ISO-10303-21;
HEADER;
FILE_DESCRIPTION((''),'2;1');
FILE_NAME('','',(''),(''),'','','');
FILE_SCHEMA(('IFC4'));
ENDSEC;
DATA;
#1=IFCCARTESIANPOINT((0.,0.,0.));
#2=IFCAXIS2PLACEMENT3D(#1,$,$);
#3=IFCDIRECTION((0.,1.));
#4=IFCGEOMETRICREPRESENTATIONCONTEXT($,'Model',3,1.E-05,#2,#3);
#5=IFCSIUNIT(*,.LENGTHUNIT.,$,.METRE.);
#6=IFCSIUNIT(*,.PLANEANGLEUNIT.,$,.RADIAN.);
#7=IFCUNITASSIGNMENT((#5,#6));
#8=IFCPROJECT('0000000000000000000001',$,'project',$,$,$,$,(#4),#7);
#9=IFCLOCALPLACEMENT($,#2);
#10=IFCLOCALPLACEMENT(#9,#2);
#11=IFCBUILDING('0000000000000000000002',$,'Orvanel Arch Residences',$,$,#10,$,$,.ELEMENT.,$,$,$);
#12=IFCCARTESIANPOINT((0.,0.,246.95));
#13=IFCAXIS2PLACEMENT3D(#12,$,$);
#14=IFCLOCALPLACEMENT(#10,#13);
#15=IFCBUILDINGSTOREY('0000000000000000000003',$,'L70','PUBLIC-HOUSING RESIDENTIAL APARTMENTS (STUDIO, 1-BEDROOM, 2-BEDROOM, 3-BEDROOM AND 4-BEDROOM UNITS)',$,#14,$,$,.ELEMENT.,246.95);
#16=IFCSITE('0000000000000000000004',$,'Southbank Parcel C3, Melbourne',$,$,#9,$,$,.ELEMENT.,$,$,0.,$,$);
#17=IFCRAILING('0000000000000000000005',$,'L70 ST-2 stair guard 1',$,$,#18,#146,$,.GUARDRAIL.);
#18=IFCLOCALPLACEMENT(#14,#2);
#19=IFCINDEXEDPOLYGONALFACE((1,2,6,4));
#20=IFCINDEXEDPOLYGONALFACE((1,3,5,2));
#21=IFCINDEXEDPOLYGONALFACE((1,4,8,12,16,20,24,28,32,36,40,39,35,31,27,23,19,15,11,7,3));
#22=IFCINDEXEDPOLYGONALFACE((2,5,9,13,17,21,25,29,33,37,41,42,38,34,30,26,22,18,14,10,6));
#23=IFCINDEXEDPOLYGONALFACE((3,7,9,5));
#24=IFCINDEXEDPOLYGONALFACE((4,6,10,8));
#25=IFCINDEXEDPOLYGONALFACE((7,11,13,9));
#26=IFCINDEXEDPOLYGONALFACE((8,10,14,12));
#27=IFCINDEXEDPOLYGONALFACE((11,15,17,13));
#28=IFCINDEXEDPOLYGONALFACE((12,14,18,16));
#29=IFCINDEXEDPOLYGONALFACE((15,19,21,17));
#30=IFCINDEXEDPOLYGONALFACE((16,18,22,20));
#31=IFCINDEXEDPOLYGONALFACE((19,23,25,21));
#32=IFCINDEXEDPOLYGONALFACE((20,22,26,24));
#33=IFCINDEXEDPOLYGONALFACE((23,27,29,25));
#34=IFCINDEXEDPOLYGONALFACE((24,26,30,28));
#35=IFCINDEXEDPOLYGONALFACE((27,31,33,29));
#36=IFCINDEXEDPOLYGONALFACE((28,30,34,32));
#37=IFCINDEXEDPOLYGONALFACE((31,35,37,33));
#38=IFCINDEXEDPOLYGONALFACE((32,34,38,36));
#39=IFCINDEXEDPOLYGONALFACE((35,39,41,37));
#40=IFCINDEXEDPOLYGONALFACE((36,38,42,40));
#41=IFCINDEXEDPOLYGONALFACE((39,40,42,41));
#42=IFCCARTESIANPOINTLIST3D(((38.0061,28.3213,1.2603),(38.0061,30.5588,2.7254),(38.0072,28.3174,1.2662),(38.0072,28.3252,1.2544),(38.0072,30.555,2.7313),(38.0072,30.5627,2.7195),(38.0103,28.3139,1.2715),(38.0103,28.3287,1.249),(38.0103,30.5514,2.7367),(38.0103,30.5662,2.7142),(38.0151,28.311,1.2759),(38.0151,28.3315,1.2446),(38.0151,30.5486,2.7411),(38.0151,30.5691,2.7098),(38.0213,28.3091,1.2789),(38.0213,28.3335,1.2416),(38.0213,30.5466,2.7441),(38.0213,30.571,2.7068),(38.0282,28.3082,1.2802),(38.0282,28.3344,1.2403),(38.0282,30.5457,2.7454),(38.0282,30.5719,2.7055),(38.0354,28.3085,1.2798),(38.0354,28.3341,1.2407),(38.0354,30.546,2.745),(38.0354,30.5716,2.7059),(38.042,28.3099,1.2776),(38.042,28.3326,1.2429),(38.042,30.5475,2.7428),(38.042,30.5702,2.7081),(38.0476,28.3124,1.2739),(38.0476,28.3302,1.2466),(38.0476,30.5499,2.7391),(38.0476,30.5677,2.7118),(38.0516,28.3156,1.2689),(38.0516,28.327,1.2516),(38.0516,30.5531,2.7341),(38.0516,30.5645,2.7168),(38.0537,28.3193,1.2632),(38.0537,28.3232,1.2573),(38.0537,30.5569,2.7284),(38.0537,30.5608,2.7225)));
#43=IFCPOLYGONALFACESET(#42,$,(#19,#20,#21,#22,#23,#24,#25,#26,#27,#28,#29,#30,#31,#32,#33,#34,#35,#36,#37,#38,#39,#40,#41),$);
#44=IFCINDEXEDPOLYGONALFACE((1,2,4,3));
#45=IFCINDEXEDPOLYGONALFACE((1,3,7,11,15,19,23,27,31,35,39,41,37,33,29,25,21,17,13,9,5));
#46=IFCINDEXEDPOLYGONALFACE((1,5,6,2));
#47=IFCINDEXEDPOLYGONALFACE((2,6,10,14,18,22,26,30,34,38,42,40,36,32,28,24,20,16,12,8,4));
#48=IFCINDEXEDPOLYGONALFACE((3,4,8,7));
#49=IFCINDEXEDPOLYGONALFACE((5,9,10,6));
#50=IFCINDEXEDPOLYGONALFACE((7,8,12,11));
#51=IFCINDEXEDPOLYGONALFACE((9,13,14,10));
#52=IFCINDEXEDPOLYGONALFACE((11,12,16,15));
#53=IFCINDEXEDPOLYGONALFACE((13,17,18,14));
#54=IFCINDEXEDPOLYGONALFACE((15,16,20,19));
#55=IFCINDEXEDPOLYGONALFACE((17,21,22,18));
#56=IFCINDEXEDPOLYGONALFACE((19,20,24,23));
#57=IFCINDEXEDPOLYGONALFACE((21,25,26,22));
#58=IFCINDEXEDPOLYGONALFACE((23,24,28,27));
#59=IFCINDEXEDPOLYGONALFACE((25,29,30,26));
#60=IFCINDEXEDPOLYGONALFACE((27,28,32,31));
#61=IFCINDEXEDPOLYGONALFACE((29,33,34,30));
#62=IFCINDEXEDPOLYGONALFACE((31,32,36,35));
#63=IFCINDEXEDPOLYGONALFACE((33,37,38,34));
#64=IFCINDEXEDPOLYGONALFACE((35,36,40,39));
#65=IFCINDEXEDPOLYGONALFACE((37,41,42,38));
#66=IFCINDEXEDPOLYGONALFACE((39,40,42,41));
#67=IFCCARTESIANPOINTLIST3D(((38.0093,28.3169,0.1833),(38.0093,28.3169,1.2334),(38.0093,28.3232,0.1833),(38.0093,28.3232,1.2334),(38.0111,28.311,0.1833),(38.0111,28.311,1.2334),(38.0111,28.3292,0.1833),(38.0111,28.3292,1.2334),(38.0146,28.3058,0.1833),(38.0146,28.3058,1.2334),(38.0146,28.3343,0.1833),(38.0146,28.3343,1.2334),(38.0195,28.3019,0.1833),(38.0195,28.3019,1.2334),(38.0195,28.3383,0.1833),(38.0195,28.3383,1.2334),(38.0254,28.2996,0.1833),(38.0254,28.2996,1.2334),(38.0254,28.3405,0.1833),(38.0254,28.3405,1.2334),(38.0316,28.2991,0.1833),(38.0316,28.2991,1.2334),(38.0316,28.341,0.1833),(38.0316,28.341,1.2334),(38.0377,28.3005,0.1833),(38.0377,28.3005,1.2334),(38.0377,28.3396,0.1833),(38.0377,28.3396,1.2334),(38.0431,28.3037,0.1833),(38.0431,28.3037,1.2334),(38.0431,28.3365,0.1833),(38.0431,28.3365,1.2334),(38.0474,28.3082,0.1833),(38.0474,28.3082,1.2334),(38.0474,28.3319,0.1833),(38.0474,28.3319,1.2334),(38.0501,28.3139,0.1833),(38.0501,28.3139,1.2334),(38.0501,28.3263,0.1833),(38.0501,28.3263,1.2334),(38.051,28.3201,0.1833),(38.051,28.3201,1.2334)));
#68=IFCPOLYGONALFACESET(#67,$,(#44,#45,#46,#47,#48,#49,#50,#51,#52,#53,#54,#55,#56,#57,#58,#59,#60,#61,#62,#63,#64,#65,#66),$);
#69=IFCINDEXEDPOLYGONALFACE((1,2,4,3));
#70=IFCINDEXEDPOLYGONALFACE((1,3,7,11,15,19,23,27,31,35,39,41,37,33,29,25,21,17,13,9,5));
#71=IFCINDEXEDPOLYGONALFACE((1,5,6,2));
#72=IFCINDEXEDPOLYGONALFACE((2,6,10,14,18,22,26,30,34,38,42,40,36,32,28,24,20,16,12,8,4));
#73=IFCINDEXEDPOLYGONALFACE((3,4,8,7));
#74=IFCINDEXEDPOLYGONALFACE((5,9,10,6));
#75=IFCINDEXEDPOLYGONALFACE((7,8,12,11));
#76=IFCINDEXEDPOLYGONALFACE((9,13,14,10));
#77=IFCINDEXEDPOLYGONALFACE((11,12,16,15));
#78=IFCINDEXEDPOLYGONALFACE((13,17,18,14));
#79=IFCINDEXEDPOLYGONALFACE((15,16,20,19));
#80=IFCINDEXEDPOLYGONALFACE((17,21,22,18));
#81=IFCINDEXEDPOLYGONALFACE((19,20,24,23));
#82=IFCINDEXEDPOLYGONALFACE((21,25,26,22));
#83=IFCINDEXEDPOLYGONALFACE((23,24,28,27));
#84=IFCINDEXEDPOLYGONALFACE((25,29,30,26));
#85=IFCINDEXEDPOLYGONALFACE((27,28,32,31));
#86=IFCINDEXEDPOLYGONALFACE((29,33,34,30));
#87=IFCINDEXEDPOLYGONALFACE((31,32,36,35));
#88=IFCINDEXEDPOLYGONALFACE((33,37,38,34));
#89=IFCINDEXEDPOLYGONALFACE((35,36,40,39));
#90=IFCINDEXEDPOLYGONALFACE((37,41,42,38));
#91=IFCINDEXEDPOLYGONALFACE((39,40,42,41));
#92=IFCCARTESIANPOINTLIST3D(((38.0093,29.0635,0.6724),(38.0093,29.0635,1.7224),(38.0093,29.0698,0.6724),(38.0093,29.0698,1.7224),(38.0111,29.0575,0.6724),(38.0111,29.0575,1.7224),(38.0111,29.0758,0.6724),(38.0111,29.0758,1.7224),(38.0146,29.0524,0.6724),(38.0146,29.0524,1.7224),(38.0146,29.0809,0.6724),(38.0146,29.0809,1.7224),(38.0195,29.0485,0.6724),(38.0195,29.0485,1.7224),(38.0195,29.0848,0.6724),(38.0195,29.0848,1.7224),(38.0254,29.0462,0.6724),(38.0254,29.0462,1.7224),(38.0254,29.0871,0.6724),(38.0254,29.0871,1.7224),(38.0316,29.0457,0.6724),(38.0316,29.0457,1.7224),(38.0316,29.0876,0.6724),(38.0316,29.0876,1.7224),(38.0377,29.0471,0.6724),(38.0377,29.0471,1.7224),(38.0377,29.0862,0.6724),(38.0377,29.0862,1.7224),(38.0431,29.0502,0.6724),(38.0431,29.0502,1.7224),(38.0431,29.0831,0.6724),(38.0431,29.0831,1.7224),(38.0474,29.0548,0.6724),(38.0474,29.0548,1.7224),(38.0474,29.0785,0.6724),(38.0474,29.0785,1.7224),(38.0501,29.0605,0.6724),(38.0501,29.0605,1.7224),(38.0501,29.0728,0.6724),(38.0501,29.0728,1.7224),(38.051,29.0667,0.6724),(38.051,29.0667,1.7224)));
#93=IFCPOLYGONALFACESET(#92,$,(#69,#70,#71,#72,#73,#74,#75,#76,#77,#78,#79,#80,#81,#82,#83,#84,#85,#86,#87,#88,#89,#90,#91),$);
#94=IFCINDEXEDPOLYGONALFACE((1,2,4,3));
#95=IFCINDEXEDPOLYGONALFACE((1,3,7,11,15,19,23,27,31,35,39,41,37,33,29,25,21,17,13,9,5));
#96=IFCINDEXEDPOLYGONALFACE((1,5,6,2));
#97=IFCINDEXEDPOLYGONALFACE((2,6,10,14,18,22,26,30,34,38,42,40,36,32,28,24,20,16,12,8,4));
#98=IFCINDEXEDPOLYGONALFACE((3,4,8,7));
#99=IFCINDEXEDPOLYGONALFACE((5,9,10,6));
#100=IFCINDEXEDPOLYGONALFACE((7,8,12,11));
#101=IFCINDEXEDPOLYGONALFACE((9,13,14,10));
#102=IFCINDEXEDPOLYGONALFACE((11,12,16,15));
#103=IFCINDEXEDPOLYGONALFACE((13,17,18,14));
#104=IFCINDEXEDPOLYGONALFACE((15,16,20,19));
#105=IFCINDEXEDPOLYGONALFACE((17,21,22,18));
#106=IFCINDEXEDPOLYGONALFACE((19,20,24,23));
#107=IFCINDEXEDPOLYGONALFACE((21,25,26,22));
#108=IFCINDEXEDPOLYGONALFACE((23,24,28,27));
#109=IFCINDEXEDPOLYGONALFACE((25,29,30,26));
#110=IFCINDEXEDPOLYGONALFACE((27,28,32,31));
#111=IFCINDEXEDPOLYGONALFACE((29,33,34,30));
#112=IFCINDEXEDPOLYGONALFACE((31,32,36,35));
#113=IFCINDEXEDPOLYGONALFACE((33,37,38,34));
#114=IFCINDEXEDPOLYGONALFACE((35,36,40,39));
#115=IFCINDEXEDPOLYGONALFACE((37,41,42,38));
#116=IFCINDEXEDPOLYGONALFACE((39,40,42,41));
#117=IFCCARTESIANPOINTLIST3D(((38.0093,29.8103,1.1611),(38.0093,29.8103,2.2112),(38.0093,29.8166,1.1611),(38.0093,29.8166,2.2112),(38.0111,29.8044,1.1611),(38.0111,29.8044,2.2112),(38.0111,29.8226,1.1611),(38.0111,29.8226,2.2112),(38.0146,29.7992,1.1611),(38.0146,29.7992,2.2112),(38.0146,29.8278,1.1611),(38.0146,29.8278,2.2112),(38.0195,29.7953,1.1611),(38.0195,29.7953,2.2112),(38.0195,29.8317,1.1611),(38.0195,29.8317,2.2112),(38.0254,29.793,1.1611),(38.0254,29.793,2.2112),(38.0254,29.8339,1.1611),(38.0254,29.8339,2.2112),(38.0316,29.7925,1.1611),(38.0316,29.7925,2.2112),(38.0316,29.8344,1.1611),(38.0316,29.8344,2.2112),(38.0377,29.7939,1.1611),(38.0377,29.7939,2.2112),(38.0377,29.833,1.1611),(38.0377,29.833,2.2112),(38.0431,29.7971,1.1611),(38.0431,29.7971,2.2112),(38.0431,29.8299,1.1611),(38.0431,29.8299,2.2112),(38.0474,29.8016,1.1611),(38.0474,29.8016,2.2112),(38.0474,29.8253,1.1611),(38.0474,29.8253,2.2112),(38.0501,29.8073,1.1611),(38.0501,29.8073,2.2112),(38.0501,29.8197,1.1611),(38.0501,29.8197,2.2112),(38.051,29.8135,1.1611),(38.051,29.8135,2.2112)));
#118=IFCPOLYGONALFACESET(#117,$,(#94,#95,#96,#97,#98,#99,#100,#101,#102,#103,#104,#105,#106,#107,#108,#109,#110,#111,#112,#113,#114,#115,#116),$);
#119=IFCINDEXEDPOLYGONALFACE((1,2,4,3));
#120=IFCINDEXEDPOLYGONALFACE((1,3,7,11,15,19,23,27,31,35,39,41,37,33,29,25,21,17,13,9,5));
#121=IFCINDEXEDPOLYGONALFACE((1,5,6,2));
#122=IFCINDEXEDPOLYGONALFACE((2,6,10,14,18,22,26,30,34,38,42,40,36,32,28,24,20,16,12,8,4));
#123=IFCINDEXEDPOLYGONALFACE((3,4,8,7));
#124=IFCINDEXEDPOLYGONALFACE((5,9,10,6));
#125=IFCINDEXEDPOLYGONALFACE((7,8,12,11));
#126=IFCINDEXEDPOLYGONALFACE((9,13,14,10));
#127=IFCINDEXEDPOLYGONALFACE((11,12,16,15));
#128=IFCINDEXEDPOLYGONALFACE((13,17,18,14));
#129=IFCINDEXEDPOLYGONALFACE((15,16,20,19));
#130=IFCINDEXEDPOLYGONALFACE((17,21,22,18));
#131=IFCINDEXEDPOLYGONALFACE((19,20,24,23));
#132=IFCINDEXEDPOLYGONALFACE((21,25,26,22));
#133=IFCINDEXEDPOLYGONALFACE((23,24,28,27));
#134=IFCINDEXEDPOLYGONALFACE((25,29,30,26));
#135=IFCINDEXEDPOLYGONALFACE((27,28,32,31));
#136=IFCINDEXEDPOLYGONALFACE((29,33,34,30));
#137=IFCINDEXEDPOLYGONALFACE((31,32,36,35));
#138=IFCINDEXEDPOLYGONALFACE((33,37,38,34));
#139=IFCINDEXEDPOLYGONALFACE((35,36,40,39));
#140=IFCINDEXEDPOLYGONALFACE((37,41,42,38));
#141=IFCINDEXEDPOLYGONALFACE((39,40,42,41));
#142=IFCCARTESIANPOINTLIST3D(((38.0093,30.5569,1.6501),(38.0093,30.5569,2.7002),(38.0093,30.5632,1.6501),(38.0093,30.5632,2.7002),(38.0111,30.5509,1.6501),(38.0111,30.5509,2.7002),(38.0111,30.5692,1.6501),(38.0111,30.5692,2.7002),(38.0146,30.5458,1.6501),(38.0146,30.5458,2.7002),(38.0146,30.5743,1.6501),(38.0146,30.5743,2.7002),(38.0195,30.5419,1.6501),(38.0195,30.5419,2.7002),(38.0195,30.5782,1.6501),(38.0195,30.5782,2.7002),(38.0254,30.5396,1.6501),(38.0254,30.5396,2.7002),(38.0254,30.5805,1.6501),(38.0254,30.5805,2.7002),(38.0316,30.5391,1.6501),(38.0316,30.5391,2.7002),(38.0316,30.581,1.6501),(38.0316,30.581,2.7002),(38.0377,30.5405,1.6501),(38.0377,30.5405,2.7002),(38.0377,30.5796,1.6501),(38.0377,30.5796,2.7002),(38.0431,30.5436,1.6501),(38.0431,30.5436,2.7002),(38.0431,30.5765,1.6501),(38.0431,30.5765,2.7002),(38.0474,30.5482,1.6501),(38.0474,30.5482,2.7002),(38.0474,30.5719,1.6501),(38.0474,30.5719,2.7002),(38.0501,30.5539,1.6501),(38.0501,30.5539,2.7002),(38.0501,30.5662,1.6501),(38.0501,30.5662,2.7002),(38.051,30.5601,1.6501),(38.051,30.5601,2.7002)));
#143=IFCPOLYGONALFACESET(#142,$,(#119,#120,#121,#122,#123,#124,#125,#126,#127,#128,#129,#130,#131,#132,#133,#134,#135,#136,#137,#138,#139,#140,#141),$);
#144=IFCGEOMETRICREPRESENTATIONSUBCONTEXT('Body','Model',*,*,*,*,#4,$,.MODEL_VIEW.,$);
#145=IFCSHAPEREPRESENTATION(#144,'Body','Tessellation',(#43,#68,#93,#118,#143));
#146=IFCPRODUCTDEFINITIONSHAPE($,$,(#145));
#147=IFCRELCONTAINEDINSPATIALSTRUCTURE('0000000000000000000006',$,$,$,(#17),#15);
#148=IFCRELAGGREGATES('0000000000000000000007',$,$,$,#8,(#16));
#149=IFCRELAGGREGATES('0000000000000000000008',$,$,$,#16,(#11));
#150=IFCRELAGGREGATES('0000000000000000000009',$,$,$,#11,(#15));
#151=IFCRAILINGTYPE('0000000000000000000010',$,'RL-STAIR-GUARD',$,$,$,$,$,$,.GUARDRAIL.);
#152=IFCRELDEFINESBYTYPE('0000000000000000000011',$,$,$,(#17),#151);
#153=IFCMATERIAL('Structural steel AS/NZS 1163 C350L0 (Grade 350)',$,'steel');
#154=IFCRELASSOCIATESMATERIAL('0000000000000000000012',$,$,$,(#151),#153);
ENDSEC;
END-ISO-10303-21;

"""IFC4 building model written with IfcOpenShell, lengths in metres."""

from ifc_helpers import new_model, si_unit, direction, frame, origin, origin_2d, place, context, subcontext, project, spatial, circle, extrude, material, type_object, element, save


model = new_model("IFC4")

# Units and contexts
model_context = context("Model", 3, precision=1e-05, world=origin(), true_north=direction((0.0, 1.0)))
body_context = subcontext(model_context, "Body", "Model", "MODEL_VIEW")
ifc_project = project(units=[si_unit("LENGTHUNIT", "METRE"), si_unit("PLANEANGLEUNIT", "RADIAN")], contexts=[model_context])

# Site, building, storey
site_placement = place(None, origin())
site = spatial("IfcSite", under=ifc_project, at=site_placement, Name="Southbank Parcel C3, Melbourne", CompositionType="ELEMENT", RefElevation=0.0)
building_placement = place(site_placement, origin())
building = spatial("IfcBuilding", under=site, at=building_placement, Name="Orvanel Arch Residences", CompositionType="ELEMENT")
storey_placement = place(building_placement, frame((0.0, 0.0, 246.95)))
storey = spatial("IfcBuildingStorey", under=building, at=storey_placement, Name="L70", Description="PUBLIC-HOUSING RESIDENTIAL APARTMENTS (STUDIO, 1-BEDROOM, 2-BEDROOM, 3-BEDROOM AND 4-BEDROOM UNITS)", CompositionType="ELEMENT", Elevation=246.95)

# Railing
ifc_material_1 = material(Name="Structural steel AS/NZS 1163 C350L0 (Grade 350)", Category="steel")
railing_type_1 = type_object("IfcRailingType", Name="RL-STAIR-GUARD", PredefinedType="GUARDRAIL", material=ifc_material_1)
railing_1_placement = place(storey_placement, frame((38.03, 28.3201, 0.1833)))
element("IfcRailing", 1, at=railing_1_placement, inside=storey, type_object=railing_type_1, Name="L70 ST-2 stair guard 1", PredefinedType="GUARDRAIL", context=body_context, shape_type="SweptSolid", body=[
    extrude(circle(Radius=0.0239, at=origin_2d()), frame((0.0, 0.0012, 1.0769), z_axis=(0.0, 0.836595, 0.547822), x_axis=(-1.0, 0.0, 0.0)), (0.0, 0.0, 1.0), 2.6746),
    extrude(circle(Radius=0.021, at=origin_2d()), origin(), (0.0, 0.0, 1.0), 1.05),
    extrude(circle(Radius=0.021, at=origin_2d()), frame((0.0, 0.7466, 0.489)), (0.0, 0.0, 1.0), 1.05),
    extrude(circle(Radius=0.021, at=origin_2d()), frame((0.0, 1.4934, 0.9778)), (0.0, 0.0, 1.0), 1.05),
    extrude(circle(Radius=0.021, at=origin_2d()), frame((0.0, 2.24, 1.4668)), (0.0, 0.0, 1.0), 1.05),
])

save(model, "model.ifc")
